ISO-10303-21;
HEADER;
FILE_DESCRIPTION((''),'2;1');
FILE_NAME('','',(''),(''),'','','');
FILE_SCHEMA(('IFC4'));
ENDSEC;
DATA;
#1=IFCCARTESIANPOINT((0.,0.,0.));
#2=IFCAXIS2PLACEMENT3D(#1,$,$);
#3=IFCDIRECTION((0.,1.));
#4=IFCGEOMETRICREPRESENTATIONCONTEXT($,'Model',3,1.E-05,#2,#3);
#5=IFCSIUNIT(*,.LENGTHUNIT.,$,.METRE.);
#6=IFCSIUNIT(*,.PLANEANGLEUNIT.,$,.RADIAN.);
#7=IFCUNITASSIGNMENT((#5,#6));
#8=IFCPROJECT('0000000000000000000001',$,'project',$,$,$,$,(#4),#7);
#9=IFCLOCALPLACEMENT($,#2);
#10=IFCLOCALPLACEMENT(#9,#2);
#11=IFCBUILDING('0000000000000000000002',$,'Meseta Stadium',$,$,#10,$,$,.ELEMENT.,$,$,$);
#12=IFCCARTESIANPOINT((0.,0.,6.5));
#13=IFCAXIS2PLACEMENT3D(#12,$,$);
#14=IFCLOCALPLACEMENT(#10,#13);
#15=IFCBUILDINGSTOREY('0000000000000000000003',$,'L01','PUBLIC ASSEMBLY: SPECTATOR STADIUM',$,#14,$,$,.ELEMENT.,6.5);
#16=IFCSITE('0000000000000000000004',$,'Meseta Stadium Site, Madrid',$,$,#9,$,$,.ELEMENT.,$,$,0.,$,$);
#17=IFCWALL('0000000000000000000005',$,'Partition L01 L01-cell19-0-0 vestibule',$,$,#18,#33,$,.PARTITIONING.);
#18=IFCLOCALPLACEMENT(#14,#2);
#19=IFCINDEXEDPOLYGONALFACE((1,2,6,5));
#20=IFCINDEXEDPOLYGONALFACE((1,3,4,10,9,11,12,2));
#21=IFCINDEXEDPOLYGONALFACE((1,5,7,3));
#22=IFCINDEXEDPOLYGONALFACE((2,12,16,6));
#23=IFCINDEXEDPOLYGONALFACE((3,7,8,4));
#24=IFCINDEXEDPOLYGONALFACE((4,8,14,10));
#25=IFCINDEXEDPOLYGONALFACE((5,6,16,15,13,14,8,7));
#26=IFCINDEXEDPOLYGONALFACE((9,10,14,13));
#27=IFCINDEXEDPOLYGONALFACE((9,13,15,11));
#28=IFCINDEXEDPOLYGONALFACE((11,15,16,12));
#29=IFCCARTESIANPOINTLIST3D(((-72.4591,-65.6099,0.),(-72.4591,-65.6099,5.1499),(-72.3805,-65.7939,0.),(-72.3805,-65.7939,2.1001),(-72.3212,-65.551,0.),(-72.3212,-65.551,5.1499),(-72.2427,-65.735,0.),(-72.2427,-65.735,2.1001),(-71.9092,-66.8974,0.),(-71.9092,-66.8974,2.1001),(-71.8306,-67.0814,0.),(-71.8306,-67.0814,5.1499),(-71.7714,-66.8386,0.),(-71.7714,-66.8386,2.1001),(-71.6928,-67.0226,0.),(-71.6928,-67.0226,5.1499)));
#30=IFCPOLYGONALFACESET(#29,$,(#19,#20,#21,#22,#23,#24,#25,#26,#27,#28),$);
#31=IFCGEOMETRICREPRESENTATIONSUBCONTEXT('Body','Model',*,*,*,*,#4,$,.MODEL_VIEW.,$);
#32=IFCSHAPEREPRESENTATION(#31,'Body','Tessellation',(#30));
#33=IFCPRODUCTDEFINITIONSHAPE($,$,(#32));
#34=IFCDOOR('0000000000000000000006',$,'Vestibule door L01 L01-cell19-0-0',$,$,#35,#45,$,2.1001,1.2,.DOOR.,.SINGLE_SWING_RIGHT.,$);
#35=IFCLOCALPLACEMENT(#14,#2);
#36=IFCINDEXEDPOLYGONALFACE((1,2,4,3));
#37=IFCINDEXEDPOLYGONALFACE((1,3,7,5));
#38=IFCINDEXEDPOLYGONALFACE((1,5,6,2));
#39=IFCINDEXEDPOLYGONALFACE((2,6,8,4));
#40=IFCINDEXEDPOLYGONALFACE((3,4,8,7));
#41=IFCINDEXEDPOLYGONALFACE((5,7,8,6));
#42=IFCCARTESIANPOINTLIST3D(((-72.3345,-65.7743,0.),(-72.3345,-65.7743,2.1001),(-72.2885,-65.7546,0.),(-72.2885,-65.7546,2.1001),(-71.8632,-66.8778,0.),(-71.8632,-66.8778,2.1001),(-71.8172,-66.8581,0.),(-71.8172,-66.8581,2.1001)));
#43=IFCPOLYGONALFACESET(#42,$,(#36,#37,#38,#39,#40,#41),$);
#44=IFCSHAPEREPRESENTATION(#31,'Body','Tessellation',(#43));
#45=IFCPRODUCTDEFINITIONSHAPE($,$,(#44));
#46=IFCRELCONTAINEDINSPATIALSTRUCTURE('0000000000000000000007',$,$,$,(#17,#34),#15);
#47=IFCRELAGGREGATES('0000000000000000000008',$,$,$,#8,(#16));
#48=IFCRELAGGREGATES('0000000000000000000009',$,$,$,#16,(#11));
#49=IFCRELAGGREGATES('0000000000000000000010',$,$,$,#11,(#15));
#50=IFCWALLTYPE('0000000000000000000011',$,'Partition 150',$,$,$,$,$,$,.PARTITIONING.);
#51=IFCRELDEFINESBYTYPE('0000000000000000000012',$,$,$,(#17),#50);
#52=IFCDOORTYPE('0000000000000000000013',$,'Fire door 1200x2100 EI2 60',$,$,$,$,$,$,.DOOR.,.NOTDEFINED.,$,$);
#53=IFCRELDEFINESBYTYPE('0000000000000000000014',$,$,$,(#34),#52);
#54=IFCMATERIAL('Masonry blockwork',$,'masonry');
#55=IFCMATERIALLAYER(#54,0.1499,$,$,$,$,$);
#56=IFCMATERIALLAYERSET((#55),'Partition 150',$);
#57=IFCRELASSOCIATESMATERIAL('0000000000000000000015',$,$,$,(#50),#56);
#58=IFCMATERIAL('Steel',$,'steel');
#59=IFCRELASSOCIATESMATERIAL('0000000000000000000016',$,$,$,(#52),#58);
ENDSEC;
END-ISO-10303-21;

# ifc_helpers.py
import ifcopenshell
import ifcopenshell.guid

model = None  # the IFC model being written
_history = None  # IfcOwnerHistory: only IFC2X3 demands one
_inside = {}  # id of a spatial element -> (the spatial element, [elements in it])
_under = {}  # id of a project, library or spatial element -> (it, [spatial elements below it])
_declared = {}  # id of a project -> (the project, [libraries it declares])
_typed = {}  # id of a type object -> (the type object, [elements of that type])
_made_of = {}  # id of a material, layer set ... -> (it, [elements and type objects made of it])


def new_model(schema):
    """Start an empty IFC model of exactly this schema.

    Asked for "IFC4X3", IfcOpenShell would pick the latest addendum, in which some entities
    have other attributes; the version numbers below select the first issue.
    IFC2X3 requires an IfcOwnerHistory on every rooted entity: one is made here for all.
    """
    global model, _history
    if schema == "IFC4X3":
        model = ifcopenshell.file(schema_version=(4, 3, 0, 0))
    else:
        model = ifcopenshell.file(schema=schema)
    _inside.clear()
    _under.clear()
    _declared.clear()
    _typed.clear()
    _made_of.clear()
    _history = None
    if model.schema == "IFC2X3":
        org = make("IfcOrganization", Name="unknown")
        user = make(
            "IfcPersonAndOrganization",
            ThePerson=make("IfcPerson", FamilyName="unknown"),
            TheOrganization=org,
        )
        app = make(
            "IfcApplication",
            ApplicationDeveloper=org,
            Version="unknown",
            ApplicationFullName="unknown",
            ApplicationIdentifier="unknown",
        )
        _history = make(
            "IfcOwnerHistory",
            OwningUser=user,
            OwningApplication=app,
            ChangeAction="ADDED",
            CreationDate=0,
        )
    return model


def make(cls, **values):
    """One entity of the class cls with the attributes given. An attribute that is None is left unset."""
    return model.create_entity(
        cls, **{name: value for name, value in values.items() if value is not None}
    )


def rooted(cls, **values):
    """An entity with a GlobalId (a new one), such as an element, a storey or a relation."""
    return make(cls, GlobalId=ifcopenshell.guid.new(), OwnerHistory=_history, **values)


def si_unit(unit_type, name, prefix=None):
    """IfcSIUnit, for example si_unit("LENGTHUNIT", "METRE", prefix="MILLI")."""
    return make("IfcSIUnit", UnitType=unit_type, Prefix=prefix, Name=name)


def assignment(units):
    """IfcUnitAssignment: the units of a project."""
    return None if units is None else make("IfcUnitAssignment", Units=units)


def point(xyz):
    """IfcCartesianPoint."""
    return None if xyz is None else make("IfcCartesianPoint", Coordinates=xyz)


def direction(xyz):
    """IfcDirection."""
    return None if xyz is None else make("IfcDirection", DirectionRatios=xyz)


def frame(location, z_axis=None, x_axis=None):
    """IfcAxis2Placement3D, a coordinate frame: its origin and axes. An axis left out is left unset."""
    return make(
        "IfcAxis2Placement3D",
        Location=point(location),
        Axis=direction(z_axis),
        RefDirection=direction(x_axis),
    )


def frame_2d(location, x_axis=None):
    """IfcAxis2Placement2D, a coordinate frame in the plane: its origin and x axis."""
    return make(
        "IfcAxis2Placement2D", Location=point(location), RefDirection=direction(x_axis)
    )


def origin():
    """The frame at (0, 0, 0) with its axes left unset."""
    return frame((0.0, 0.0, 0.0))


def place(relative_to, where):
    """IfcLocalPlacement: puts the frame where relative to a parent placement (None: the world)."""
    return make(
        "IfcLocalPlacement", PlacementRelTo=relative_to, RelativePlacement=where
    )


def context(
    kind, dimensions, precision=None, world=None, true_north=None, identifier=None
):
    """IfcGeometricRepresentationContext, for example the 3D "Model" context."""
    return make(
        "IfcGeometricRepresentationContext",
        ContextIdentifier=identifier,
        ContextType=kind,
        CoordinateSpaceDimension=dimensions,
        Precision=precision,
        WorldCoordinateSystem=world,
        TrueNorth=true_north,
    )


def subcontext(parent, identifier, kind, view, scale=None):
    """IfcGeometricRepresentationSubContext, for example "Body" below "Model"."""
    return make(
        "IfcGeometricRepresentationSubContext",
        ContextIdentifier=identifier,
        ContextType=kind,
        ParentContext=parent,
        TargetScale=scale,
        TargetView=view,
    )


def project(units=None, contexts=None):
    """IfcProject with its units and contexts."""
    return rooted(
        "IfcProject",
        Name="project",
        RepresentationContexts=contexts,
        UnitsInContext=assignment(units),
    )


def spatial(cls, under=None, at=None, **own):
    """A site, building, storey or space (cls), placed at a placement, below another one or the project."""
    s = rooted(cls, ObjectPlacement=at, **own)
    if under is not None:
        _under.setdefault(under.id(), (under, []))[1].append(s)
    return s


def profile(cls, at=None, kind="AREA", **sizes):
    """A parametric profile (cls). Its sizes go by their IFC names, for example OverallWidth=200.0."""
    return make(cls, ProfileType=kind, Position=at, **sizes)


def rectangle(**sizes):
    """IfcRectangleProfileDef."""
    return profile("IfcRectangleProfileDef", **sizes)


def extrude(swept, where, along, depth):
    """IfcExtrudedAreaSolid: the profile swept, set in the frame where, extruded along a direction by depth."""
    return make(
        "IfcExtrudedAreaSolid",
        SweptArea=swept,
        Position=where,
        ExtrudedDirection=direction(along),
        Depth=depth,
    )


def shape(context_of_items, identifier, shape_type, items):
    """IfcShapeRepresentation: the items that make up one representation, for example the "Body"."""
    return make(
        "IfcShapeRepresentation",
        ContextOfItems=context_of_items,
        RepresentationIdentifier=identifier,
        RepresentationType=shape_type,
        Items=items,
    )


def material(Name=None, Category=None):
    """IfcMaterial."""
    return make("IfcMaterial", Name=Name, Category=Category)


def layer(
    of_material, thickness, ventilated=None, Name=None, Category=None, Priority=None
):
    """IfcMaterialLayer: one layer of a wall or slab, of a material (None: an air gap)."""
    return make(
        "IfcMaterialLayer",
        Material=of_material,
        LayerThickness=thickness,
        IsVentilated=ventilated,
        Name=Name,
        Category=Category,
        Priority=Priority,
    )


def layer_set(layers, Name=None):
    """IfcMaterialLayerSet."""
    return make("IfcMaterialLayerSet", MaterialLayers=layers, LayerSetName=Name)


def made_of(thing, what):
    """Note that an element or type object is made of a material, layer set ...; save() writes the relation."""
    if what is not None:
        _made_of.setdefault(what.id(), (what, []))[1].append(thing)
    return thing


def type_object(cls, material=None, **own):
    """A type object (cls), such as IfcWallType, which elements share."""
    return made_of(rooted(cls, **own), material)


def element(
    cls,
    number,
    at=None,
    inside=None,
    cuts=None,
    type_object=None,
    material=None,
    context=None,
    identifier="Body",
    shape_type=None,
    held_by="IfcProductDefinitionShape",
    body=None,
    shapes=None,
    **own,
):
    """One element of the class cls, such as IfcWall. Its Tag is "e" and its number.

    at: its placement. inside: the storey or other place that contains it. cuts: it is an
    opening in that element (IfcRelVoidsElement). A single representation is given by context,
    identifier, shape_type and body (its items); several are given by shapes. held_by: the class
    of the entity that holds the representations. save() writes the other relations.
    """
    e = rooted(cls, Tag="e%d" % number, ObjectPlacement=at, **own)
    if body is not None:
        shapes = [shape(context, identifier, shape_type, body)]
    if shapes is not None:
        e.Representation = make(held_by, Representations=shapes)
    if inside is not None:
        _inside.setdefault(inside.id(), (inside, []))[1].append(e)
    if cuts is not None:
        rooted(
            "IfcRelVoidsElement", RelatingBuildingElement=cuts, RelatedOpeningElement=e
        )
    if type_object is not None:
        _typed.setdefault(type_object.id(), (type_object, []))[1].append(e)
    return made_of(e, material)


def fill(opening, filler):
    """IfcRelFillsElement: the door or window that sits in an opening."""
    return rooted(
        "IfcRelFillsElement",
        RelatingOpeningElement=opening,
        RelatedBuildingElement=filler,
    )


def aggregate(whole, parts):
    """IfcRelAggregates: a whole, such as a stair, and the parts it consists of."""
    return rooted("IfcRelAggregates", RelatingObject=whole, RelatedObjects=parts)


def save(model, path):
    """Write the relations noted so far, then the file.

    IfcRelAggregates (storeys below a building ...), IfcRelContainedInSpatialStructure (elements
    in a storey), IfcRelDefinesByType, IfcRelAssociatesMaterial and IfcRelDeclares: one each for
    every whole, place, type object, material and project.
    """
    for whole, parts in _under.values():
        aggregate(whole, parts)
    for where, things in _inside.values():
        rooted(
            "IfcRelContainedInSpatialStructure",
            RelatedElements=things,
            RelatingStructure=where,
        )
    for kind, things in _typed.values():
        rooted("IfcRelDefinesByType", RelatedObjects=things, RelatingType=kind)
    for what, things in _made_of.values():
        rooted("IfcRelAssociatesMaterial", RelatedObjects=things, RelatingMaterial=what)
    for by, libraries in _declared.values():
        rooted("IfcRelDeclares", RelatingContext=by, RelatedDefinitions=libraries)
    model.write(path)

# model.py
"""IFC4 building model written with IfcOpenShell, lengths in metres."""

from ifc_helpers import new_model, si_unit, direction, frame, frame_2d, origin, place, context, subcontext, project, spatial, rectangle, extrude, material, layer, layer_set, type_object, element, fill, save


model = new_model("IFC4")

# Units and contexts
model_context = context("Model", 3, precision=1e-05, world=origin(), true_north=direction((0.0, 1.0)))
body_context = subcontext(model_context, "Body", "Model", "MODEL_VIEW")
ifc_project = project(units=[si_unit("LENGTHUNIT", "METRE"), si_unit("PLANEANGLEUNIT", "RADIAN")], contexts=[model_context])

# Site, building, storey
site_placement = place(None, origin())
site = spatial("IfcSite", under=ifc_project, at=site_placement, Name="Meseta Stadium Site, Madrid", CompositionType="ELEMENT", RefElevation=0.0)
building_placement = place(site_placement, origin())
building = spatial("IfcBuilding", under=site, at=building_placement, Name="Meseta Stadium", CompositionType="ELEMENT")
storey_placement = place(building_placement, frame((0.0, 0.0, 6.5)))
storey = spatial("IfcBuildingStorey", under=building, at=storey_placement, Name="L01", Description="PUBLIC ASSEMBLY: SPECTATOR STADIUM", CompositionType="ELEMENT", Elevation=6.5)

# Shared definitions
ifc_material_1 = material(Name="Masonry blockwork", Category="masonry")
ifc_layer = layer(ifc_material_1, 0.1499)
ifc_layer_set = layer_set([ifc_layer], Name="Partition 150")
wall_type = type_object("IfcWallType", Name="Partition 150", PredefinedType="PARTITIONING", material=ifc_layer_set)

# Shared definitions
ifc_material_2 = material(Name="Steel", Category="steel")
door_type_1 = type_object("IfcDoorType", Name="Fire door 1200x2100 EI2 60", OperationType="NOTDEFINED", PredefinedType="DOOR", material=ifc_material_2)

# Wall, opening, door
wall_1_placement = place(storey_placement, frame((-71.7617, -67.052, 0.0), z_axis=(0.0, 0.0, 1.0), x_axis=(-0.392759, 0.919642, 0.0)))
wall_1 = element("IfcWall", 1, at=wall_1_placement, inside=storey, type_object=wall_type, Name="Partition L01 L01-cell19-0-0 vestibule", PredefinedType="PARTITIONING", context=body_context, shape_type="SweptSolid", body=[
    extrude(rectangle(XDim=1.6001, YDim=0.1499, at=frame_2d((0.8, 0.0))), origin(), (0.0, 0.0, 1.0), 5.1499),
])
opening_1_placement = place(wall_1_placement, frame((0.2, 0.0, 0.0)))
opening_1 = element("IfcOpeningElement", 2, at=opening_1_placement, cuts=wall_1, PredefinedType="OPENING", context=body_context, shape_type="SweptSolid", body=[
    extrude(rectangle(XDim=1.2, YDim=2.1001, at=frame_2d((0.6001, 1.05))), frame((0.0, 0.085, 0.0), z_axis=(0.0, -1.0, 0.0), x_axis=(1.0, 0.0, 0.0)), (0.0, 0.0, 1.0), 0.1699),
])
door_1_placement = place(opening_1_placement, origin())
door_1 = element("IfcDoor", 3, at=door_1_placement, inside=storey, type_object=door_type_1, Name="Vestibule door L01 L01-cell19-0-0", OperationType="SINGLE_SWING_RIGHT", OverallHeight=2.1001, OverallWidth=1.2, PredefinedType="DOOR", context=body_context, shape_type="SweptSolid", body=[
    extrude(rectangle(XDim=1.2, YDim=2.1001, at=frame_2d((0.6001, 1.05))), frame((0.0, 0.0249, 0.0), z_axis=(0.0, -1.0, 0.0), x_axis=(1.0, 0.0, 0.0)), (0.0, 0.0, 1.0), 0.05),
])
fill(opening_1, door_1)

save(model, "model.ifc")
